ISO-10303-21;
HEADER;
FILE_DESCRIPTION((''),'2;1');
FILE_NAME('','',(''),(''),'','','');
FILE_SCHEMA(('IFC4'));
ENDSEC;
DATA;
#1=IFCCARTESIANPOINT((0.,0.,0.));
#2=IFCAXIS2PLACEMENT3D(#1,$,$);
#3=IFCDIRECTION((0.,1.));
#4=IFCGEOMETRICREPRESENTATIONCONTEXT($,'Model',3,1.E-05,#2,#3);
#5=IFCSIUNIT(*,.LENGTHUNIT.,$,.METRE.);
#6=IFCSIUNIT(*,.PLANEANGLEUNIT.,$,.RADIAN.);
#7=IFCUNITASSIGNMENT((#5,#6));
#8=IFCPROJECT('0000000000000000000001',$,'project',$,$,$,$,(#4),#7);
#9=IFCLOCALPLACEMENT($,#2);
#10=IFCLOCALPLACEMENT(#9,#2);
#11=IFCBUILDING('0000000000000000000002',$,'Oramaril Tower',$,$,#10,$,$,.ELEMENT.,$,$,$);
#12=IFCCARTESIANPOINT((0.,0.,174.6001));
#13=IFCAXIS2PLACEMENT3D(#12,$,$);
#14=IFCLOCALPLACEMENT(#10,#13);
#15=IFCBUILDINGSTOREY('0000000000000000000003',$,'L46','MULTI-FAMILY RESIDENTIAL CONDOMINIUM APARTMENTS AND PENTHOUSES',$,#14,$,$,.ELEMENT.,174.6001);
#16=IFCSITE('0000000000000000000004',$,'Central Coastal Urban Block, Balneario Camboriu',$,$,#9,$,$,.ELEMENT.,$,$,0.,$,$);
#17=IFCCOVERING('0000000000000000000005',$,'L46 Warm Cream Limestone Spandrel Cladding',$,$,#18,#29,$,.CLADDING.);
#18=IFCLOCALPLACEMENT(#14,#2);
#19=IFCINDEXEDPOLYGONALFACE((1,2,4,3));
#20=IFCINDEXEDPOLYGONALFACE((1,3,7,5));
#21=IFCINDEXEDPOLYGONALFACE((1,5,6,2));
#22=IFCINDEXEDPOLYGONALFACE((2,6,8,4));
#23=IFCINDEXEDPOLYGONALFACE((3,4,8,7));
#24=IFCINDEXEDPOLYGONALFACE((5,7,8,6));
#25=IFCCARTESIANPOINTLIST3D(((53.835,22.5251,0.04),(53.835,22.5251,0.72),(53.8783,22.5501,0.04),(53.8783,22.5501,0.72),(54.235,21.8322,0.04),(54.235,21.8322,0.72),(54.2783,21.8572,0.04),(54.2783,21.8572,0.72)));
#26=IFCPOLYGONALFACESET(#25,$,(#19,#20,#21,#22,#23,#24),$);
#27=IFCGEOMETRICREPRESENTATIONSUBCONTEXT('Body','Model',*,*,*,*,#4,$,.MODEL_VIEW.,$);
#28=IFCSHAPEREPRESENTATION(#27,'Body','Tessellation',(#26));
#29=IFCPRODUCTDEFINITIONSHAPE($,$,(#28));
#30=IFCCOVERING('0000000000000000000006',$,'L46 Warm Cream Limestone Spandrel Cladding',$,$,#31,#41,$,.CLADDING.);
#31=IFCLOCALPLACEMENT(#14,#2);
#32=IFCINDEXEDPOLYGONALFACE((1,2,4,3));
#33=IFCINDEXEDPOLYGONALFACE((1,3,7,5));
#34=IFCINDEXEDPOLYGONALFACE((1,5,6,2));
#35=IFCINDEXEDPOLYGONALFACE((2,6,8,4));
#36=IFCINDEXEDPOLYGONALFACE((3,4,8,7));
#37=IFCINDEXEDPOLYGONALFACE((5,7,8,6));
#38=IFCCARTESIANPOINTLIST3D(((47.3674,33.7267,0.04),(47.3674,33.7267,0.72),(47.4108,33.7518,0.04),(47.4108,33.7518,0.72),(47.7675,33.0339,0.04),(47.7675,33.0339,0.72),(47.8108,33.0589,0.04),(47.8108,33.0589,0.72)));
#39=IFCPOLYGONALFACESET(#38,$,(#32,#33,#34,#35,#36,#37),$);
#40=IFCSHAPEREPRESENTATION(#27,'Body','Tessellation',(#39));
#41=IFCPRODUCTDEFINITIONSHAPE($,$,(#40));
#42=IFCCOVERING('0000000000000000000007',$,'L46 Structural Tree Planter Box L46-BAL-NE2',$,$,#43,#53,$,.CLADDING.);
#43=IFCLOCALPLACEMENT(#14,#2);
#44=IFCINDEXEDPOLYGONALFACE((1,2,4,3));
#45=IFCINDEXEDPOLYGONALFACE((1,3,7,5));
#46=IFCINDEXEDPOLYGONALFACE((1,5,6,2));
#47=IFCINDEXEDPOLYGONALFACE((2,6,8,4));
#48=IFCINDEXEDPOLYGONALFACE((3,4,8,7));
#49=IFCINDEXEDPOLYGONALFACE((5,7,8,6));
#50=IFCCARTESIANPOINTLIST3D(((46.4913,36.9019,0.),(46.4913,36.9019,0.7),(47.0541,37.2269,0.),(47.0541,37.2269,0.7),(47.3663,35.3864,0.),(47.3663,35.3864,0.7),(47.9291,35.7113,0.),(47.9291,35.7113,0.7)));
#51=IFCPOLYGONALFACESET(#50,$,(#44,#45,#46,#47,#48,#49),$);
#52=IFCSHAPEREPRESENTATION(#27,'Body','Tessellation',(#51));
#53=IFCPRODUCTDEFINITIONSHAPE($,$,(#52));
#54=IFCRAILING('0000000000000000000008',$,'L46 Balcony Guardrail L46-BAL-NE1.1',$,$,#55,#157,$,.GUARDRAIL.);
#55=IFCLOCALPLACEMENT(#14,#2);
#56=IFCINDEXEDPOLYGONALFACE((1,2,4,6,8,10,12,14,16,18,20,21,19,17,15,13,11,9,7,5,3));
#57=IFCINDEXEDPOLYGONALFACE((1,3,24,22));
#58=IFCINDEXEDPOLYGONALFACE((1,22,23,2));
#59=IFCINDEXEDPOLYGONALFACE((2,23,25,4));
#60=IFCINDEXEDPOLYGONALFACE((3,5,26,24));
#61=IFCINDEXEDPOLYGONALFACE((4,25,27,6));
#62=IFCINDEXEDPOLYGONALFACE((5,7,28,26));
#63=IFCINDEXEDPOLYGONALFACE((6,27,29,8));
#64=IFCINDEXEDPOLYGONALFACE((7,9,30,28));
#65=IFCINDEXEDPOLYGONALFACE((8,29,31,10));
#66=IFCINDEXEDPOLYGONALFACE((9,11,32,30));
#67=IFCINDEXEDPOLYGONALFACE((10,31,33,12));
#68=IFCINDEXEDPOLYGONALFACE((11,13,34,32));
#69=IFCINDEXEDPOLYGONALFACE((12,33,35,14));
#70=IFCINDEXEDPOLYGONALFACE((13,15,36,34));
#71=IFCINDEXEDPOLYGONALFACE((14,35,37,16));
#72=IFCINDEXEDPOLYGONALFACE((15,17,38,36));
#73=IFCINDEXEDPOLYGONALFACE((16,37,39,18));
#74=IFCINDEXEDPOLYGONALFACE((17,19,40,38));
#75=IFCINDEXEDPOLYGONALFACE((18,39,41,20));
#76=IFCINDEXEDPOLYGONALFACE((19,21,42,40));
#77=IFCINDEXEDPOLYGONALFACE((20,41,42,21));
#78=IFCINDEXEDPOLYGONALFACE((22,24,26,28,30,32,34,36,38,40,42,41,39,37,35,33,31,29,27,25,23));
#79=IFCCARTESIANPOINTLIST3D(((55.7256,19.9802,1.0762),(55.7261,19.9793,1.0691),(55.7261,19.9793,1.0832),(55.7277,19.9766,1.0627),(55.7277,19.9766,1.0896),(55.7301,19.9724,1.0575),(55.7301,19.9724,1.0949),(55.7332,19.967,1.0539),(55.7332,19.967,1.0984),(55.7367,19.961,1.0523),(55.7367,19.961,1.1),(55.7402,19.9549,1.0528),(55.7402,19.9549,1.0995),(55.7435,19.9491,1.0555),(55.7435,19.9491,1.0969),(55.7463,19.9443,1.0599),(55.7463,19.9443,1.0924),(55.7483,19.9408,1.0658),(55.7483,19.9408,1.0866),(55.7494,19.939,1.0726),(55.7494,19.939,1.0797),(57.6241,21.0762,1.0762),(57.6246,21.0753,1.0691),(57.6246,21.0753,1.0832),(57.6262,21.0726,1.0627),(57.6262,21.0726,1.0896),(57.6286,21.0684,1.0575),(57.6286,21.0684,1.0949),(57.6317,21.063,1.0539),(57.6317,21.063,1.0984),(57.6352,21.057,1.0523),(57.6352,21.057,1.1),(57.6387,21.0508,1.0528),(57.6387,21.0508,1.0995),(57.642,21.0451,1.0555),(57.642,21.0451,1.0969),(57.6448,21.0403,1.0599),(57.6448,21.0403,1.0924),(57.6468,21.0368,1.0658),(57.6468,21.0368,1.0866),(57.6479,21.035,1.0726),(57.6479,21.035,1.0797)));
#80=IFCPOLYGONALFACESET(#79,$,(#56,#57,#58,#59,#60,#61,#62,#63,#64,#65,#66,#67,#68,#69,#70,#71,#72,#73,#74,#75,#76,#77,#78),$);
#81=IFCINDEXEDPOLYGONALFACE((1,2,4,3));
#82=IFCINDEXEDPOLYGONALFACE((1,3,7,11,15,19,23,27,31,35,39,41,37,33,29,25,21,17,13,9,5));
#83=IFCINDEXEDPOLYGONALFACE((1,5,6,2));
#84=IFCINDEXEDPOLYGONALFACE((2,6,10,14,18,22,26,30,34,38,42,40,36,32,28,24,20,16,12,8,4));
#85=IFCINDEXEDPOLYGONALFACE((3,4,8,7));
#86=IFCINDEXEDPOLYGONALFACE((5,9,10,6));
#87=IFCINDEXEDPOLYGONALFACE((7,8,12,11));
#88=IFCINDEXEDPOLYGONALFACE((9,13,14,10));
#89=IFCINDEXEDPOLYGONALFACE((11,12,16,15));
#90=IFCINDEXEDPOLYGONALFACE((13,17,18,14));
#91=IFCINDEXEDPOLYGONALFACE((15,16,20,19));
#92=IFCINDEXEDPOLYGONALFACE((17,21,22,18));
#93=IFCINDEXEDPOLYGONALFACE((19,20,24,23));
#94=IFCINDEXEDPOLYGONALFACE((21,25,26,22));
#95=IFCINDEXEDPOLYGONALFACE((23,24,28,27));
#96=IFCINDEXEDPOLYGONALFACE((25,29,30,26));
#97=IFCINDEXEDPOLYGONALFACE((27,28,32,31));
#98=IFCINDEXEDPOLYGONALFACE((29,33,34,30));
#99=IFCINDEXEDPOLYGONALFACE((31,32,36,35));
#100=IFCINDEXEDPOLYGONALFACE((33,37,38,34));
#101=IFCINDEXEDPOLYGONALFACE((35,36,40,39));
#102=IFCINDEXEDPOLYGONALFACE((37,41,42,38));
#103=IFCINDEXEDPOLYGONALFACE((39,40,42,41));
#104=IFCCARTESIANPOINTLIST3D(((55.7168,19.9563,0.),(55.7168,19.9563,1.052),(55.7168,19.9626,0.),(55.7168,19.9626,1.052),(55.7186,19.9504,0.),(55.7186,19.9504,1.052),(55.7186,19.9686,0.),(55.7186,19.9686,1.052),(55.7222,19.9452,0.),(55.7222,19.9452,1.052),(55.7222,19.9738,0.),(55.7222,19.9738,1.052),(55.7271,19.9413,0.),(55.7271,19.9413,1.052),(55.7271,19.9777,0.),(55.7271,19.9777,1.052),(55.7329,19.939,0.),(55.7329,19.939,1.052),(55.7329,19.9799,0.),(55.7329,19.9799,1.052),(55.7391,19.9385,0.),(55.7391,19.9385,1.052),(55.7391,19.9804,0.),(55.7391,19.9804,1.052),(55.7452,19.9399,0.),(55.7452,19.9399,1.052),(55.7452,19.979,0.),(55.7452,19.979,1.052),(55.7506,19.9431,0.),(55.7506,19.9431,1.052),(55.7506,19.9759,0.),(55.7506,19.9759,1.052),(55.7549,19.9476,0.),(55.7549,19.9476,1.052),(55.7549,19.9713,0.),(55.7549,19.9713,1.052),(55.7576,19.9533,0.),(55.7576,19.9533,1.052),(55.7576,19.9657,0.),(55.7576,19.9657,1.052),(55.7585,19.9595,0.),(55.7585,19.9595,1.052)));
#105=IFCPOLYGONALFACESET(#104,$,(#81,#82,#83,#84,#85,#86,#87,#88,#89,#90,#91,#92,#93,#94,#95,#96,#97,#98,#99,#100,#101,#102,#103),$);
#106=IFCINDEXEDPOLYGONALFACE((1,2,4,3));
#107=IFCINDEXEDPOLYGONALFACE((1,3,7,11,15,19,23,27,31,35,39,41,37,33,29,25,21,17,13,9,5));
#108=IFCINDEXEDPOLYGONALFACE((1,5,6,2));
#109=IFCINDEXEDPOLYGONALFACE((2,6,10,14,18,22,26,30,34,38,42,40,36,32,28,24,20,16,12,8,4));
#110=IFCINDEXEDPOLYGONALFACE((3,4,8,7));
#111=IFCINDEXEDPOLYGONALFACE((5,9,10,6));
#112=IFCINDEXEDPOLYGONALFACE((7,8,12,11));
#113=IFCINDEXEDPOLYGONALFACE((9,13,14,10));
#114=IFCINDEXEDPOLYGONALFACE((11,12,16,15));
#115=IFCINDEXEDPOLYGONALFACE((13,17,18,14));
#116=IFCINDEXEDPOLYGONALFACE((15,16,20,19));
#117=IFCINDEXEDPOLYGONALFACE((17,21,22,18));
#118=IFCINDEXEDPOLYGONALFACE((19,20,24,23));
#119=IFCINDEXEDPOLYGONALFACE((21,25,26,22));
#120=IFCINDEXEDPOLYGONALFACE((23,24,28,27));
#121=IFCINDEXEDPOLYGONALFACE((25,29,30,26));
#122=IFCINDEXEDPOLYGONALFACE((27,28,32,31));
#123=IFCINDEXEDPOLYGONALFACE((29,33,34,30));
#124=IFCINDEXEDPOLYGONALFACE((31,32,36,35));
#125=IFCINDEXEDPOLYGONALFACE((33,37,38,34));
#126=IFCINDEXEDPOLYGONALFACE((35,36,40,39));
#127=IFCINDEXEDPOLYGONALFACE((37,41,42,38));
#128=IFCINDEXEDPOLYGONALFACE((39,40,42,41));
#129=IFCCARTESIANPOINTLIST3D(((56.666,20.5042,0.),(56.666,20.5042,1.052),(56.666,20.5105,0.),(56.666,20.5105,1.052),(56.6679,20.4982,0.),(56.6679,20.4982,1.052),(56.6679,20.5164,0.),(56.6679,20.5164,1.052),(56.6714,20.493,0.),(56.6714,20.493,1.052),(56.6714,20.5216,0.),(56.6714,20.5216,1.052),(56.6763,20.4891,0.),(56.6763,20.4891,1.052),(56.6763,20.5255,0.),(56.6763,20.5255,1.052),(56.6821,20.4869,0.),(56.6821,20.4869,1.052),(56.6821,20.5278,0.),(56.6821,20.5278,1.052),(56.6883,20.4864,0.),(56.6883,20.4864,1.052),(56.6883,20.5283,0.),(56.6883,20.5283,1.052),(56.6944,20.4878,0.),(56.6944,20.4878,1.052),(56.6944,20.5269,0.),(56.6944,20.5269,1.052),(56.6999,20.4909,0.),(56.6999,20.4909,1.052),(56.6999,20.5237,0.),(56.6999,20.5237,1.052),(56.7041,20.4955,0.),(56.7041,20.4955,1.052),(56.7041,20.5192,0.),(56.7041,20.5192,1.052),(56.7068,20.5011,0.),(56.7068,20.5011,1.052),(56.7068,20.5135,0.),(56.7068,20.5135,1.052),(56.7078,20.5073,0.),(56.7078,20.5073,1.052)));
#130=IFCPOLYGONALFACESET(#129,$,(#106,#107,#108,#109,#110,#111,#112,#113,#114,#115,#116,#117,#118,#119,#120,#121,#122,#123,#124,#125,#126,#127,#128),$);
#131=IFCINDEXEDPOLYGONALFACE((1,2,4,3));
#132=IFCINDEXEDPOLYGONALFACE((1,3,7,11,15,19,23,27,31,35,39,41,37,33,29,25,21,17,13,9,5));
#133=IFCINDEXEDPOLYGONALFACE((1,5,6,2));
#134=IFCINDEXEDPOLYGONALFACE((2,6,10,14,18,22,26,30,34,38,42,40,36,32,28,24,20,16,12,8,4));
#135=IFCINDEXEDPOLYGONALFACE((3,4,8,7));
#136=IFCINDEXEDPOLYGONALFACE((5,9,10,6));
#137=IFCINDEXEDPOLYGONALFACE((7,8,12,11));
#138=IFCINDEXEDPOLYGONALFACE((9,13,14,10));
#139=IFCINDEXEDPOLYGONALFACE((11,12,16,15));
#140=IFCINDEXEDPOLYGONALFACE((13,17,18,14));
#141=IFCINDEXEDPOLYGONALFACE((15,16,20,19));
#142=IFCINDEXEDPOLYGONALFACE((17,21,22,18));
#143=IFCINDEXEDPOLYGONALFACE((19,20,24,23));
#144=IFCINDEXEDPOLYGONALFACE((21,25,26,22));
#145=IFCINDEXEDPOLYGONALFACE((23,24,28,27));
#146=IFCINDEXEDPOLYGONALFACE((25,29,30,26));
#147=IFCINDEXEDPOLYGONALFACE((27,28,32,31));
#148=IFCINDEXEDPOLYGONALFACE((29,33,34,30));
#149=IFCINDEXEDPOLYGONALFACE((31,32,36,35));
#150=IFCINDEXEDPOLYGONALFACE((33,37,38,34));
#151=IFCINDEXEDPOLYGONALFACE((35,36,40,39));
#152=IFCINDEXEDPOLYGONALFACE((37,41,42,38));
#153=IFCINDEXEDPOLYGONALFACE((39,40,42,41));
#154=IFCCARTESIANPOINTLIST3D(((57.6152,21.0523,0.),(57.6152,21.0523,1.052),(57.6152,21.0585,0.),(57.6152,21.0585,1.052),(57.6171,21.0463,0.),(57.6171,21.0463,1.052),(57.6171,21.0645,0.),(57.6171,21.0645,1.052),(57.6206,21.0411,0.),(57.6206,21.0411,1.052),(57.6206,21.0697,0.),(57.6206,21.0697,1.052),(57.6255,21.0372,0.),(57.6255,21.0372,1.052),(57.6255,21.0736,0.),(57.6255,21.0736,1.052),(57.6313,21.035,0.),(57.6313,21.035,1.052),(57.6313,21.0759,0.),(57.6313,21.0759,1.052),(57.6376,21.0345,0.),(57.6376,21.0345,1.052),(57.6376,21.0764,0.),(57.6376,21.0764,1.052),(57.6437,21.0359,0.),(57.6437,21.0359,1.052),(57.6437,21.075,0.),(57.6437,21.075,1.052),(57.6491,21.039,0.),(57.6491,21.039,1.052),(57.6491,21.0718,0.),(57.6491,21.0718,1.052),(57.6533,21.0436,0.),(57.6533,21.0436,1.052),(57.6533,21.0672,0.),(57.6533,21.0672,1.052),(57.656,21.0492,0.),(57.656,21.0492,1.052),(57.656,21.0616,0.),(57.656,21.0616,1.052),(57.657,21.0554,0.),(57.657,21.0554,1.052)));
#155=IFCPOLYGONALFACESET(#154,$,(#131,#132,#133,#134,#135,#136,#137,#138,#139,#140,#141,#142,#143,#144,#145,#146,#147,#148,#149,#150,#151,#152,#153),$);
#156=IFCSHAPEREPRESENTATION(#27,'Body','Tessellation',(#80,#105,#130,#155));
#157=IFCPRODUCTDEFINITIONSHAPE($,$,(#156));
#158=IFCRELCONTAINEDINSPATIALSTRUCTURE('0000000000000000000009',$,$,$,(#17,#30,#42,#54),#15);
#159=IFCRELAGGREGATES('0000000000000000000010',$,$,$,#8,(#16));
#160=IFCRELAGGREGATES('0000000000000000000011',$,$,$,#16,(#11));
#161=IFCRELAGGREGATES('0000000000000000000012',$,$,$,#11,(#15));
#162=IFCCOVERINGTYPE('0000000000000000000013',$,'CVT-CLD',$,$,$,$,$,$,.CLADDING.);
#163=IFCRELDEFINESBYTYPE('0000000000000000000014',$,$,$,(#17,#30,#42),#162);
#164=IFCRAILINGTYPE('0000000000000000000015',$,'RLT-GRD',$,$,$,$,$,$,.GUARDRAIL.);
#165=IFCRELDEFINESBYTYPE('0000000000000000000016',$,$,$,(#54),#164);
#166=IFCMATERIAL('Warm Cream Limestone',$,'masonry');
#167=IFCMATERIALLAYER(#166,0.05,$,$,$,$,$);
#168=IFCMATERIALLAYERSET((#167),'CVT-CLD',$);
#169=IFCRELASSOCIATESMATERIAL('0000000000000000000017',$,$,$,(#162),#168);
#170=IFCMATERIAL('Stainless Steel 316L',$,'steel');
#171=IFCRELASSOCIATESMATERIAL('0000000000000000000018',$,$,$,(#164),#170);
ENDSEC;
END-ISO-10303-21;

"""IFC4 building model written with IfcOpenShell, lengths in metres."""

from ifc_helpers import new_model, si_unit, direction, frame, origin, origin_2d, place, context, subcontext, project, spatial, rectangle, circle, extrude, material, layer, layer_set, type_object, element, save


model = new_model("IFC4")

# Units and contexts
model_context = context("Model", 3, precision=1e-05, world=origin(), true_north=direction((0.0, 1.0)))
body_context = subcontext(model_context, "Body", "Model", "MODEL_VIEW")
ifc_project = project(units=[si_unit("LENGTHUNIT", "METRE"), si_unit("PLANEANGLEUNIT", "RADIAN")], contexts=[model_context])

# Site, building, storey
site_placement = place(None, origin())
site = spatial("IfcSite", under=ifc_project, at=site_placement, Name="Central Coastal Urban Block, Balneario Camboriu", CompositionType="ELEMENT", RefElevation=0.0)
building_placement = place(site_placement, origin())
building = spatial("IfcBuilding", under=site, at=building_placement, Name="Oramaril Tower", CompositionType="ELEMENT")
storey_placement = place(building_placement, frame((0.0, 0.0, 174.6001)))
storey = spatial("IfcBuildingStorey", under=building, at=storey_placement, Name="L46", Description="MULTI-FAMILY RESIDENTIAL CONDOMINIUM APARTMENTS AND PENTHOUSES", CompositionType="ELEMENT", Elevation=174.6001)

# Coverings
ifc_material_1 = material(Name="Warm Cream Limestone", Category="masonry")
ifc_layer_1 = layer(ifc_material_1, 0.05)
ifc_layer_set_1 = layer_set([ifc_layer_1], Name="CVT-CLD")
covering_type = type_object("IfcCoveringType", Name="CVT-CLD", PredefinedType="CLADDING", material=ifc_layer_set_1)
for number, where, z_axis, x_axis, name in (
    (1, (54.0566, 22.1912, 0.04), (0.0, 0.0, 1.0), (-0.5, 0.866025, 0.0), "L46 Warm Cream Limestone Spandrel Cladding"),
    (2, (47.5891, 33.3928, 0.04), (0.0, 0.0, 1.0), (-0.5, 0.866025, 0.0), "L46 Warm Cream Limestone Spandrel Cladding"),
):
    element("IfcCovering", number, at=place(storey_placement, frame(where, z_axis=z_axis, x_axis=x_axis)), inside=storey, type_object=covering_type, Name=name, PredefinedType="CLADDING", context=body_context, shape_type="SweptSolid", body=[
        extrude(rectangle(XDim=0.8, YDim=0.05, at=origin_2d()), origin(), (0.0, 0.0, 1.0), 0.6799),
    ])
covering_placement = place(storey_placement, frame((47.2102, 36.3066, 0.0), z_axis=(0.0, 0.0, 1.0), x_axis=(-0.5, 0.866025, 0.0)))
element("IfcCovering", 3, at=covering_placement, inside=storey, type_object=covering_type, Name="L46 Structural Tree Planter Box L46-BAL-NE2", PredefinedType="CLADDING", context=body_context, shape_type="SweptSolid", body=[
    extrude(rectangle(XDim=1.75, YDim=0.6499, at=origin_2d()), origin(), (0.0, 0.0, 1.0), 0.7),
])

# Railing
ifc_material_2 = material(Name="Stainless Steel 316L", Category="steel")
railing_type = type_object("IfcRailingType", Name="RLT-GRD", PredefinedType="GUARDRAIL", material=ifc_material_2)
railing_1_placement = place(storey_placement, frame((55.7375, 19.9595, 0.0)))
element("IfcRailing", 4, at=railing_1_placement, inside=storey, type_object=railing_type, Name="L46 Balcony Guardrail L46-BAL-NE1.1", PredefinedType="GUARDRAIL", context=body_context, shape_type="SweptSolid", body=[
    extrude(circle(Radius=0.0239, at=origin_2d()), frame((0.0, 0.0, 1.0762), z_axis=(0.866048, 0.49996, 0.0), x_axis=(-0.49996, 0.866048, 0.0)), (0.0, 0.0, 1.0), 2.1921),
    extrude(circle(Radius=0.021, at=origin_2d()), origin(), (0.0, 0.0, 1.0), 1.052),
    extrude(circle(Radius=0.021, at=origin_2d()), frame((0.9492, 0.5479, 0.0)), (0.0, 0.0, 1.0), 1.052),
    extrude(circle(Radius=0.021, at=origin_2d()), frame((1.8984, 1.0959, 0.0)), (0.0, 0.0, 1.0), 1.052),
])

save(model, "model.ifc")
